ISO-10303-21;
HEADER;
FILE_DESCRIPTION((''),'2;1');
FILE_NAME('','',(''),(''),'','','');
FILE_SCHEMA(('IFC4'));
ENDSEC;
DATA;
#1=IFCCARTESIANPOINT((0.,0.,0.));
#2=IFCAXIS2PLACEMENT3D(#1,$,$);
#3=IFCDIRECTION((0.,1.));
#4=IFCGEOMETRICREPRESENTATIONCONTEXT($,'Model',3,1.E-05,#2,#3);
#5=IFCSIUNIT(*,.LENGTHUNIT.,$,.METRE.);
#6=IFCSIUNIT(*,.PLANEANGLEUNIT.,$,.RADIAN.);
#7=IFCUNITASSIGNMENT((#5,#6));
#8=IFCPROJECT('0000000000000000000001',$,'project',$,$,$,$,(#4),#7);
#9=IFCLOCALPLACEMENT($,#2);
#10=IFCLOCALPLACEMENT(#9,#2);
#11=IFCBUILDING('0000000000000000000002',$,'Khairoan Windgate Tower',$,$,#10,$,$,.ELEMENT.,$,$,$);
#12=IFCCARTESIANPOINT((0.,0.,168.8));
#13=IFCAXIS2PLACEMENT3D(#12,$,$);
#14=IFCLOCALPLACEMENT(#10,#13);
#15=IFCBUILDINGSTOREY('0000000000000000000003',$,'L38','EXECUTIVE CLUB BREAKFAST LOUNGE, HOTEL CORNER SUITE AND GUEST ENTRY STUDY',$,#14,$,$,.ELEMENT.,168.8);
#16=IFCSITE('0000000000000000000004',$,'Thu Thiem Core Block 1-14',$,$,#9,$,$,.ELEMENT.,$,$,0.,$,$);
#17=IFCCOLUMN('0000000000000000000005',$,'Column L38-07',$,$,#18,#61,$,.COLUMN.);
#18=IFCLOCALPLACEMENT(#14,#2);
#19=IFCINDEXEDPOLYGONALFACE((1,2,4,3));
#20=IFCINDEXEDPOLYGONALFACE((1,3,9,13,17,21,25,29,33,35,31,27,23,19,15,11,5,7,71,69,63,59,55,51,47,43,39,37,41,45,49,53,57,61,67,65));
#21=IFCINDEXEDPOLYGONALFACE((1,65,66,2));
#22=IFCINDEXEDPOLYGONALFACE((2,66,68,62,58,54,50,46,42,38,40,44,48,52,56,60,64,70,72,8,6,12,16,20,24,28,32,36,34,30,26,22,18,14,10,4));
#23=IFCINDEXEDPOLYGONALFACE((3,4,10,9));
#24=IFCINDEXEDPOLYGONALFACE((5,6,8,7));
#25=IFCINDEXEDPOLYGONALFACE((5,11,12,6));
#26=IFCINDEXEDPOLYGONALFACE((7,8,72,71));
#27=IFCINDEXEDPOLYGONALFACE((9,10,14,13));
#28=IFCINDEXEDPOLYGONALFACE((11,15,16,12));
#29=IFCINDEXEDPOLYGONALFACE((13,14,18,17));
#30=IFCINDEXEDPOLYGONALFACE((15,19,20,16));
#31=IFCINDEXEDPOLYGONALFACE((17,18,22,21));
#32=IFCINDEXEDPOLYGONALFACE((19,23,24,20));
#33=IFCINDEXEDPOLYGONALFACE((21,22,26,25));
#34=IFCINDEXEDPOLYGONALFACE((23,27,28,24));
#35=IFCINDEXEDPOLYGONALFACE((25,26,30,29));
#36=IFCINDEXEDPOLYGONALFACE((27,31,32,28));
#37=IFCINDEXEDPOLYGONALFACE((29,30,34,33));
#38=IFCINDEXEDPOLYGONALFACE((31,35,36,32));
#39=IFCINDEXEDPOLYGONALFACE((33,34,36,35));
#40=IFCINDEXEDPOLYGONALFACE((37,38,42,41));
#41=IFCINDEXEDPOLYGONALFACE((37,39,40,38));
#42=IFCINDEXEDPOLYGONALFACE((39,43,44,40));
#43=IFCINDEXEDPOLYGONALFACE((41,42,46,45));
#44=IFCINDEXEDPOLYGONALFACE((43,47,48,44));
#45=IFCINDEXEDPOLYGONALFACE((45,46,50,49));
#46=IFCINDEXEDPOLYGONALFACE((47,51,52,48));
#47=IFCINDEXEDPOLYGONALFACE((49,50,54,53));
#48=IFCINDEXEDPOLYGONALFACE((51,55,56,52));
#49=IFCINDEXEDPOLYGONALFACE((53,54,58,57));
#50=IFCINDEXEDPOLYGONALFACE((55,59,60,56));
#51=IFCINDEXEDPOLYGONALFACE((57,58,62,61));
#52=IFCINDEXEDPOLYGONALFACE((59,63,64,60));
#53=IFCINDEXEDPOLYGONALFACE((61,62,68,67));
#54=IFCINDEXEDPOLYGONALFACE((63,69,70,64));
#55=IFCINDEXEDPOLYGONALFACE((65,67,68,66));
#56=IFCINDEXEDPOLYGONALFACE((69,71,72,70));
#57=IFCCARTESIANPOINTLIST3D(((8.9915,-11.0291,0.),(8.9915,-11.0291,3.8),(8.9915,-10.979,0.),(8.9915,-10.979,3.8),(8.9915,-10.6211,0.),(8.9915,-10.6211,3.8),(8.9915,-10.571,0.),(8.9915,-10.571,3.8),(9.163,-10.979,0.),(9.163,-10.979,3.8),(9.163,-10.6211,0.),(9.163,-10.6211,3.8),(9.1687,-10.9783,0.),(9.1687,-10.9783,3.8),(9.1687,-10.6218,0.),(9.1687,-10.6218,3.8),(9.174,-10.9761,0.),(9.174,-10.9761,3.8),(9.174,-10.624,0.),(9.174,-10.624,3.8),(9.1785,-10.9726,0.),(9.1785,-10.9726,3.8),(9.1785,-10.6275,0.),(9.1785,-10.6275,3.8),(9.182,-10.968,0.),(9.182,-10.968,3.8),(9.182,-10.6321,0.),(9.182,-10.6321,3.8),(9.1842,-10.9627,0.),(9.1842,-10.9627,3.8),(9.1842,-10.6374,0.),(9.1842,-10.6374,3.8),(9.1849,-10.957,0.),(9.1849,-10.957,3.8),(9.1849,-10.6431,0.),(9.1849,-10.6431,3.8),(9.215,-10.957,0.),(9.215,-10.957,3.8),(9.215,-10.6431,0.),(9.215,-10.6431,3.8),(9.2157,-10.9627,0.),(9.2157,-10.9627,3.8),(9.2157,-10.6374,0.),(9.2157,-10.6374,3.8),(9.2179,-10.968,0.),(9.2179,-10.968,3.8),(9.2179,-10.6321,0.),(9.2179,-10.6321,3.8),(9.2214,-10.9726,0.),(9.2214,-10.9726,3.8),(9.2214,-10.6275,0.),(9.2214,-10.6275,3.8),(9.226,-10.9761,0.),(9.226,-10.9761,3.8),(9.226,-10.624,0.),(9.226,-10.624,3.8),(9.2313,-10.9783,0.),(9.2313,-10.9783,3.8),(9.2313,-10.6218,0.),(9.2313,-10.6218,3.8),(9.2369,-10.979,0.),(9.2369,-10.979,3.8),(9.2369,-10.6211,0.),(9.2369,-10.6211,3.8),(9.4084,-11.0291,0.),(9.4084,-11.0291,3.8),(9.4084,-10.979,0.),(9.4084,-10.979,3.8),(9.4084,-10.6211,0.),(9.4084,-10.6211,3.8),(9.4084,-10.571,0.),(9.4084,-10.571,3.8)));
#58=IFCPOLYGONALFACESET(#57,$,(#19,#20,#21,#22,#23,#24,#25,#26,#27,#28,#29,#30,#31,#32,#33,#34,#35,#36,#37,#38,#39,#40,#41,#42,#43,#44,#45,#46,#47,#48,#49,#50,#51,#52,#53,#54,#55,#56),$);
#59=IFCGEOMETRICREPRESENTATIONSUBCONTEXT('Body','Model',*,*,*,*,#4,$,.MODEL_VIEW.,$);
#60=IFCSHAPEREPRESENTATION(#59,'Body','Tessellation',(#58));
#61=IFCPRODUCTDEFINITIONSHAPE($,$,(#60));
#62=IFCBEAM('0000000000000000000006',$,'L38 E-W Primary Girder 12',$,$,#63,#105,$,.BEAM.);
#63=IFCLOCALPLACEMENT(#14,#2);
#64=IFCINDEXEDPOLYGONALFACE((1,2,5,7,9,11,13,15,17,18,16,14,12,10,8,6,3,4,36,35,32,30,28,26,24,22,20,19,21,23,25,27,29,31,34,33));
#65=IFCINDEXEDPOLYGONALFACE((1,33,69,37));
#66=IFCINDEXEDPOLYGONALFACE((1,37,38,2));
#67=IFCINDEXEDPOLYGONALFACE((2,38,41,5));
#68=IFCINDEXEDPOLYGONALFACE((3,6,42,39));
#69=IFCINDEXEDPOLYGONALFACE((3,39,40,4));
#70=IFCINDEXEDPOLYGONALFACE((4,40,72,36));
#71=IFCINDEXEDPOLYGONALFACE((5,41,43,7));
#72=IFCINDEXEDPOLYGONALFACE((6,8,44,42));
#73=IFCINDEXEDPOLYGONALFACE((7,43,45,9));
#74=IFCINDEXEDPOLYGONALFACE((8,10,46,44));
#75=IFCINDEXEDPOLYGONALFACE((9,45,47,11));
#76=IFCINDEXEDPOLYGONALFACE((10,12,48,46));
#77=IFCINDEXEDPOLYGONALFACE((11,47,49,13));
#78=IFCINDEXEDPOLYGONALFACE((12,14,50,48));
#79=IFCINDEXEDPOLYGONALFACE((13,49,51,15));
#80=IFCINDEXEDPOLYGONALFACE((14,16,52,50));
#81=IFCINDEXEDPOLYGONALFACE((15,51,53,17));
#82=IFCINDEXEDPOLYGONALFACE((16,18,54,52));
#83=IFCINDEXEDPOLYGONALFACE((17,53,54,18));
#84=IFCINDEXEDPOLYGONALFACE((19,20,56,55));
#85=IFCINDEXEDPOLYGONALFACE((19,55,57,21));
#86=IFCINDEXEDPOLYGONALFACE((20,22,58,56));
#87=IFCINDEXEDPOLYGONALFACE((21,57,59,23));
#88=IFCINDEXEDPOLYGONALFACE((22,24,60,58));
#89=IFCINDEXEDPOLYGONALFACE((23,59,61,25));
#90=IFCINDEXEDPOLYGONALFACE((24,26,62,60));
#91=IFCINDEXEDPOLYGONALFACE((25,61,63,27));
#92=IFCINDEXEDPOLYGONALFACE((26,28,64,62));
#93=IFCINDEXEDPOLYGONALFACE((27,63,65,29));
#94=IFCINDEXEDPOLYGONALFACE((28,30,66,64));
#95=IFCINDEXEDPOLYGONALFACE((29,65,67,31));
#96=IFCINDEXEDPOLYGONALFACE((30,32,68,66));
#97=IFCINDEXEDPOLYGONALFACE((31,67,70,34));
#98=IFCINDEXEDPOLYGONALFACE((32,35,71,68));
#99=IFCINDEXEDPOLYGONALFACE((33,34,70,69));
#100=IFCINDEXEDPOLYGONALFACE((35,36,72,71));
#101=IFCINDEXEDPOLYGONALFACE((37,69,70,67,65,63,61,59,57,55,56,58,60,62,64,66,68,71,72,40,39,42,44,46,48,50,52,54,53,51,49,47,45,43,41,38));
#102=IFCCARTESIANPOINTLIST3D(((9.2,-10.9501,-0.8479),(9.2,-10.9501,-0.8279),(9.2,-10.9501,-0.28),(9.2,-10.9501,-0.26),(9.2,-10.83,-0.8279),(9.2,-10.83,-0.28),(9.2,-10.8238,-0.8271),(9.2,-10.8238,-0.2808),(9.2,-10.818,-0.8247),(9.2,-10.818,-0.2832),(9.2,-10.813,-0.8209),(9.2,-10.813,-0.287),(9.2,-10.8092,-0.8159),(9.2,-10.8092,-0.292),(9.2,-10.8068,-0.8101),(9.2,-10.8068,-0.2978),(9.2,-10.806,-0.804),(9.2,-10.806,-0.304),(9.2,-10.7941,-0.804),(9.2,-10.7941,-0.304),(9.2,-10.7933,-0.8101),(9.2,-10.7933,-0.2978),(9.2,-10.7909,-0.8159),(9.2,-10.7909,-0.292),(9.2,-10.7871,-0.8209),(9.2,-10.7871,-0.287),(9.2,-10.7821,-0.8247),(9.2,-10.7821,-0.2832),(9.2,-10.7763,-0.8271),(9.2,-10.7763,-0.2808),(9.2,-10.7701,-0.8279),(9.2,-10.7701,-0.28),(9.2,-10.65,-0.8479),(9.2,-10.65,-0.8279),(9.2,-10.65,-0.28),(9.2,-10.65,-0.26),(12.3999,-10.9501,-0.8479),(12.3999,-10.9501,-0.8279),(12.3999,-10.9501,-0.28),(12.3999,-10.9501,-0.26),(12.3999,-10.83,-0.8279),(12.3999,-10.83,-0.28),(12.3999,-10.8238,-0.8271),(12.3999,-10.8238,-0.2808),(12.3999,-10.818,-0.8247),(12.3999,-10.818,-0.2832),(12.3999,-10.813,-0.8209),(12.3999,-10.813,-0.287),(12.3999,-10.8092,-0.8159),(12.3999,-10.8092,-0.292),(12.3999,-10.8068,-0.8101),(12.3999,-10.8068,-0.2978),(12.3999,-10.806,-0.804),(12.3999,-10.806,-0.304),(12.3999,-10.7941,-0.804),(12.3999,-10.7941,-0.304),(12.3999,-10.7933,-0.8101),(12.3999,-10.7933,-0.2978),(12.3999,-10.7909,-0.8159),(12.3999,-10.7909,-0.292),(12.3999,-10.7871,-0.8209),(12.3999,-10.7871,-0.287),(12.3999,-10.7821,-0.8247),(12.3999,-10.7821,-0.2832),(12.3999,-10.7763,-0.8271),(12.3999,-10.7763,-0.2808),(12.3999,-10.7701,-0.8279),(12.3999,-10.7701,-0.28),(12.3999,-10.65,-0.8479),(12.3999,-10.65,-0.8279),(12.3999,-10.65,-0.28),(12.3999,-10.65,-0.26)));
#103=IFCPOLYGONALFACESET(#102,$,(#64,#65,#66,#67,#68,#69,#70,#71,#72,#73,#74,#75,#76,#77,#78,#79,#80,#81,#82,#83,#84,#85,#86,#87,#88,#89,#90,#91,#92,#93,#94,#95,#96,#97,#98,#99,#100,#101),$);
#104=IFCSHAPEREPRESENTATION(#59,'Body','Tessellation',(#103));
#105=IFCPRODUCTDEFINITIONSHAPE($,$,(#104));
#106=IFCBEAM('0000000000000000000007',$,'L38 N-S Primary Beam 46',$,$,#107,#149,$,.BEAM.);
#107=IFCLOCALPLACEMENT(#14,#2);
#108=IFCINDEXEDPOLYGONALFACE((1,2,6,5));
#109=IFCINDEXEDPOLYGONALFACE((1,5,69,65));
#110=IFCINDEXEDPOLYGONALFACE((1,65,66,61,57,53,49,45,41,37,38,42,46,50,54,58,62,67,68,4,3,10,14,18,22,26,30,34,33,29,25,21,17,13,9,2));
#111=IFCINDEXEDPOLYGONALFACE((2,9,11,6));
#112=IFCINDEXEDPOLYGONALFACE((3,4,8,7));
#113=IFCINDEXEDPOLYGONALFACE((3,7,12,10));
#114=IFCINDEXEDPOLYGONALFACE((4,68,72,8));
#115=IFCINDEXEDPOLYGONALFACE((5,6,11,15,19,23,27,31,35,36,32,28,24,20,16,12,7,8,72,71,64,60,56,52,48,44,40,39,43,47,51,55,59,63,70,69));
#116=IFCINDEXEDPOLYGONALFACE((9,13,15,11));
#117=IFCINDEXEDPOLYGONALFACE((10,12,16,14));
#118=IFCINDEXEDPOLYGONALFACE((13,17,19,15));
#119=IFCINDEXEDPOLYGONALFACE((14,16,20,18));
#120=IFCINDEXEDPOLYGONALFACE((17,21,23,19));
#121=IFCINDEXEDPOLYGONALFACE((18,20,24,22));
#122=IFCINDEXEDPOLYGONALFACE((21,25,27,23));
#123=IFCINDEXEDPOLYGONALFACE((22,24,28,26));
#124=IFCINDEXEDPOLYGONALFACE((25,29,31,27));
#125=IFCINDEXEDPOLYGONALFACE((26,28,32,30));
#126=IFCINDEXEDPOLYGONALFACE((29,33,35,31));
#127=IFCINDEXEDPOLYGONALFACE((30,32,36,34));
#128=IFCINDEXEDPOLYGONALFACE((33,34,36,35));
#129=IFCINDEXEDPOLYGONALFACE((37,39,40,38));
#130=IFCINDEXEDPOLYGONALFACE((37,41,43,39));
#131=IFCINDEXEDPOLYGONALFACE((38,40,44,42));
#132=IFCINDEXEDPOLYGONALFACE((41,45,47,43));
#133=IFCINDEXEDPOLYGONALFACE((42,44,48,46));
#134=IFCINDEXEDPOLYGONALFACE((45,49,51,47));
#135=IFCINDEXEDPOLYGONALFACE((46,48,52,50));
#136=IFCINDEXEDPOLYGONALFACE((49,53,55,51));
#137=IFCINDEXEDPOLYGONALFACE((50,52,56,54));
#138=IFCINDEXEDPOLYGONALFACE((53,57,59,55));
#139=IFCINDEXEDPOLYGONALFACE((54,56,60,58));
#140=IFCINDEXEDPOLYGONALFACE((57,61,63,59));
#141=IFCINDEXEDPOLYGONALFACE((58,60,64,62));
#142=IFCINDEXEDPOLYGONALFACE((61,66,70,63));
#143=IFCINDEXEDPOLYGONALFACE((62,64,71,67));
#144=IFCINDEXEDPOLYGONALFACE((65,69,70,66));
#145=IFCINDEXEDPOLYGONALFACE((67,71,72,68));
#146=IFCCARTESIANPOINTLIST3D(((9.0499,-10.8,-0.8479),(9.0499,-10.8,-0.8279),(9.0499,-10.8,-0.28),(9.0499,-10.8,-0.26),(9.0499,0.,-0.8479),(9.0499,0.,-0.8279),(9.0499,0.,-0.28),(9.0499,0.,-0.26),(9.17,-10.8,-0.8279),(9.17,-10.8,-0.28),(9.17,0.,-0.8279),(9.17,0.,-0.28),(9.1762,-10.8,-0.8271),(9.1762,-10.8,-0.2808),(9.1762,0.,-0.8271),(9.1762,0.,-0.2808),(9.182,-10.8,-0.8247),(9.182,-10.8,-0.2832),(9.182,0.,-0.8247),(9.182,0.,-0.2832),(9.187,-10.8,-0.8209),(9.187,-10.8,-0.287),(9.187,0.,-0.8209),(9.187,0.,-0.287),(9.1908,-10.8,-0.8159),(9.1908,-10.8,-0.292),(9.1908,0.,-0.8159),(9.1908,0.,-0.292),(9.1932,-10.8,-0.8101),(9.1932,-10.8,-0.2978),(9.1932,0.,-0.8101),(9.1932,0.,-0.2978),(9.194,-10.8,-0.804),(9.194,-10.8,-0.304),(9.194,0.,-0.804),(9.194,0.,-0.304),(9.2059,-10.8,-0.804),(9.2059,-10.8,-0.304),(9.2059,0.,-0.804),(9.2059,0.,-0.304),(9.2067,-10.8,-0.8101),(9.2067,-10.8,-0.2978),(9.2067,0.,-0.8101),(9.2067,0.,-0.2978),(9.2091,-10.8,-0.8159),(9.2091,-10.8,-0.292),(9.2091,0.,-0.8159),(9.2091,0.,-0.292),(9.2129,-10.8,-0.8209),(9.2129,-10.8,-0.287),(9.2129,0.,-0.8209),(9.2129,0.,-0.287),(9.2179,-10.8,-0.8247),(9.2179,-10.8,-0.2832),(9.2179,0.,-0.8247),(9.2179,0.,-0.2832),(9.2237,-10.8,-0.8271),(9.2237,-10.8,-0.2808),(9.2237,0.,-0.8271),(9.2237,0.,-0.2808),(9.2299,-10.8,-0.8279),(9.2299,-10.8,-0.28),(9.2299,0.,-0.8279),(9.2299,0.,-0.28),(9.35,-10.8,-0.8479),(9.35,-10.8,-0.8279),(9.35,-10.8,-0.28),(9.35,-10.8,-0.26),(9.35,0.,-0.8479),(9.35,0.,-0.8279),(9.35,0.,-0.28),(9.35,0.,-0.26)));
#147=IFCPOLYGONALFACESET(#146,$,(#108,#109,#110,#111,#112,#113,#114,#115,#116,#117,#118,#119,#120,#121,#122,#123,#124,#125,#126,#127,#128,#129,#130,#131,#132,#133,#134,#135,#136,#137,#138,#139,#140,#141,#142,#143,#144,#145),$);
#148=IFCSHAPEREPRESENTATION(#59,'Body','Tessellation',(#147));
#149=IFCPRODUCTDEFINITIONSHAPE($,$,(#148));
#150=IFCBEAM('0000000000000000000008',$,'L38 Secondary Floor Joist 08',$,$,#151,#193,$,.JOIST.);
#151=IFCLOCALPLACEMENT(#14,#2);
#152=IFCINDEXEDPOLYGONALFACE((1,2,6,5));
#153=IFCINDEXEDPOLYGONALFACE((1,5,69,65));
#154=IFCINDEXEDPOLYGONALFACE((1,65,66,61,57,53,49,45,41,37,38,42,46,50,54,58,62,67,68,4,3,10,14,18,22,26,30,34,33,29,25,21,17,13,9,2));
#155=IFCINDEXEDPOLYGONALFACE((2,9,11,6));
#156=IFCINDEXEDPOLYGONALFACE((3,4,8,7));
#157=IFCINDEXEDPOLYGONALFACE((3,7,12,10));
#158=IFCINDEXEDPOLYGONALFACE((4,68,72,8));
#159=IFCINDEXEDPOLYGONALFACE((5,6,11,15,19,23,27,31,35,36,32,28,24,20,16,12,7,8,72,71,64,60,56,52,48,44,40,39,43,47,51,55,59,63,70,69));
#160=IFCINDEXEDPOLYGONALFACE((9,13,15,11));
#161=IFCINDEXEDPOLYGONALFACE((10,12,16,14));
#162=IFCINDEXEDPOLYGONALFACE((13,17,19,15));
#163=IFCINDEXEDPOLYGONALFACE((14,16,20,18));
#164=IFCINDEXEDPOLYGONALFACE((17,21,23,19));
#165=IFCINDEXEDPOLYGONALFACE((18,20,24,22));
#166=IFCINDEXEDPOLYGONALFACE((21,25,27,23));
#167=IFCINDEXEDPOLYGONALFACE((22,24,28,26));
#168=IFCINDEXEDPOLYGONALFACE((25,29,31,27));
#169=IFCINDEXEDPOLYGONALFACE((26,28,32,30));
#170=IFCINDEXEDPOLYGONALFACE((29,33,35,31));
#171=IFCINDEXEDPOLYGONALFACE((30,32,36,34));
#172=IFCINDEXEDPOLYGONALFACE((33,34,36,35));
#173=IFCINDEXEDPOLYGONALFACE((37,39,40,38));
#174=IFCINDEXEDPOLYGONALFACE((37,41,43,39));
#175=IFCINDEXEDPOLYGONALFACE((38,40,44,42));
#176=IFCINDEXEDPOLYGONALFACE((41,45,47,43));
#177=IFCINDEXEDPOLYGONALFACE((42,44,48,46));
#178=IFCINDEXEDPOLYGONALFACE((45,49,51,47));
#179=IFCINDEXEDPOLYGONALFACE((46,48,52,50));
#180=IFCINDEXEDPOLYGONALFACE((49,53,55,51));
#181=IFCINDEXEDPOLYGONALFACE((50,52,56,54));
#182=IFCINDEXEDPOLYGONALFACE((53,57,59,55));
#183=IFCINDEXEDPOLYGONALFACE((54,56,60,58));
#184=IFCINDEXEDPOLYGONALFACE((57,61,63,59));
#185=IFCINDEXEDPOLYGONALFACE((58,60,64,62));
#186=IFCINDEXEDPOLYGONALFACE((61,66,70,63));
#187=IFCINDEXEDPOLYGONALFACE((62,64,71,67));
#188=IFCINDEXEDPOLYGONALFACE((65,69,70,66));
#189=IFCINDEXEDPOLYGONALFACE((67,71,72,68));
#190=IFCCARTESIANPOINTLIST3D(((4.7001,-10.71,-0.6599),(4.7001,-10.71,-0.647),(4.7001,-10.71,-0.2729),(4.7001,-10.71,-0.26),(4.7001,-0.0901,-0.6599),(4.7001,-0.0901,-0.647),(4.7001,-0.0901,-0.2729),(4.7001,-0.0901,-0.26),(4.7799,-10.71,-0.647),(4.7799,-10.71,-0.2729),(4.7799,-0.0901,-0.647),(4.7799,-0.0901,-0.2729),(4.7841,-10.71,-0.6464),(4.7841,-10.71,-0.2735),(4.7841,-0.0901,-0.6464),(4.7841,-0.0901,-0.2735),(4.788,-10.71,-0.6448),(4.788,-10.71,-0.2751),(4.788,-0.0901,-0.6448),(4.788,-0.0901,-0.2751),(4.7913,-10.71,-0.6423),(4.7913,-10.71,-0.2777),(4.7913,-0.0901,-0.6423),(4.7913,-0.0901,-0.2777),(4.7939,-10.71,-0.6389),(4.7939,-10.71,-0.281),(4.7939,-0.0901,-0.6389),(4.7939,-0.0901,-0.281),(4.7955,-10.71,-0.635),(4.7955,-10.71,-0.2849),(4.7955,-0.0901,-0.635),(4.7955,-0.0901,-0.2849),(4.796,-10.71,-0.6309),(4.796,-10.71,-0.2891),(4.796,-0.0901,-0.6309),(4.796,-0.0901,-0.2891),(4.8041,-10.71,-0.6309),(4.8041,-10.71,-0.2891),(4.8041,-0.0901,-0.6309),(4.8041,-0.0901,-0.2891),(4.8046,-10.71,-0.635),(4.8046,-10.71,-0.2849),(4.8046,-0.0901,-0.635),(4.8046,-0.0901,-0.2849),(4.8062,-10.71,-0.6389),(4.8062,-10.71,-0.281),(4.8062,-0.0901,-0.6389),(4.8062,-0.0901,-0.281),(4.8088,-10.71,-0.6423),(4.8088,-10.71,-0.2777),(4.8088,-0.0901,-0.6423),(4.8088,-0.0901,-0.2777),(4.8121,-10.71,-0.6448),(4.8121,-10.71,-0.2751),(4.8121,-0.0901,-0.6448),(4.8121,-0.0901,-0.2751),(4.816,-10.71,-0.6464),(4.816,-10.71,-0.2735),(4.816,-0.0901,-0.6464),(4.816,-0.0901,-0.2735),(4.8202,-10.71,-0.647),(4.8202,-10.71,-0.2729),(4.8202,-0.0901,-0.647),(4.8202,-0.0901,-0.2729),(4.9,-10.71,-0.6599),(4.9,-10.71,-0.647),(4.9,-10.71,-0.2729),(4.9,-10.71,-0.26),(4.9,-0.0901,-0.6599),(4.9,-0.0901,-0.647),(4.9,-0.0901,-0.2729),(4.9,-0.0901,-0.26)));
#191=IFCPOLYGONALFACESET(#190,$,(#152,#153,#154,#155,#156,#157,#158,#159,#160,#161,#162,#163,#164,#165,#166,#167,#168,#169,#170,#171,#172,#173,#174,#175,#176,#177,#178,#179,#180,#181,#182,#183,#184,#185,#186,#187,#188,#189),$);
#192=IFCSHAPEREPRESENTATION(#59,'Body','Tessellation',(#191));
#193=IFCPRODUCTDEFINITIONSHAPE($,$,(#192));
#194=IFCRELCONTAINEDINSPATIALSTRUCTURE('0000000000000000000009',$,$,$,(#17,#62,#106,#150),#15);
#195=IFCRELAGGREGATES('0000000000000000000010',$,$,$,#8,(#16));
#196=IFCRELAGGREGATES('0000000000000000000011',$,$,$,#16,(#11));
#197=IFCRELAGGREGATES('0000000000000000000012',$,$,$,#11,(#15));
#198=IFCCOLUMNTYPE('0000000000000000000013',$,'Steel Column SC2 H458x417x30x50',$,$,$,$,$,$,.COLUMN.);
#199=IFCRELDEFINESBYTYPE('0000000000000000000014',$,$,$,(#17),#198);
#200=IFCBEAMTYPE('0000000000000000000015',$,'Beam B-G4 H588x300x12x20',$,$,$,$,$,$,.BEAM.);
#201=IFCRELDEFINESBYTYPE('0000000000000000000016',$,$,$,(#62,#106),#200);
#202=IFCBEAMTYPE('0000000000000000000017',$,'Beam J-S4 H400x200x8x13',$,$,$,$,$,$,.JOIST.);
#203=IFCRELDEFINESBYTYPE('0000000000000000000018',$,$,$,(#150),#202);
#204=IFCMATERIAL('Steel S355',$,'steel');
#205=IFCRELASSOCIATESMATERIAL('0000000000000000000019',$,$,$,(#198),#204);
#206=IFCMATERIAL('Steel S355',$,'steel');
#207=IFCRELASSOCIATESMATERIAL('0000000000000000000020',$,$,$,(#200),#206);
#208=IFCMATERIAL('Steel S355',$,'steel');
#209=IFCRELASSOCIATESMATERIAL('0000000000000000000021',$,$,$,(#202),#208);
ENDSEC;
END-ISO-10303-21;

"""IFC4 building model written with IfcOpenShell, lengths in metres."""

from ifc_helpers import new_model, si_unit, direction, frame, origin, origin_2d, place, context, subcontext, project, spatial, i_section, extrude, material, material_profile, profile_set, type_object, element, save


model = new_model("IFC4")

# Units and contexts
model_context = context("Model", 3, precision=1e-05, world=origin(), true_north=direction((0.0, 1.0)))
body_context = subcontext(model_context, "Body", "Model", "MODEL_VIEW")
ifc_project = project(units=[si_unit("LENGTHUNIT", "METRE"), si_unit("PLANEANGLEUNIT", "RADIAN")], contexts=[model_context])

# Site, building, storey
site_placement = place(None, origin())
site = spatial("IfcSite", under=ifc_project, at=site_placement, Name="Thu Thiem Core Block 1-14", CompositionType="ELEMENT", RefElevation=0.0)
building_placement = place(site_placement, origin())
building = spatial("IfcBuilding", under=site, at=building_placement, Name="Khairoan Windgate Tower", CompositionType="ELEMENT")
storey_placement = place(building_placement, frame((0.0, 0.0, 168.8)))
storey = spatial("IfcBuildingStorey", under=building, at=storey_placement, Name="L38", Description="EXECUTIVE CLUB BREAKFAST LOUNGE, HOTEL CORNER SUITE AND GUEST ENTRY STUDY", CompositionType="ELEMENT", Elevation=168.8)

# Column
ifc_material_1 = material(Name="Steel S355", Category="steel")
ifc_material_profile_1 = material_profile(ifc_material_1, i_section(OverallWidth=0.417, OverallDepth=0.458, WebThickness=0.03, FlangeThickness=0.05, FilletRadius=0.022, at=origin_2d()))
ifc_profile_set_1 = profile_set([ifc_material_profile_1], Name="Steel S355")
column_type = type_object("IfcColumnType", Name="Steel Column SC2 H458x417x30x50", PredefinedType="COLUMN", material=ifc_profile_set_1)
column_placement = place(storey_placement, frame((9.2, -10.8, 0.0), z_axis=(0.0, 0.0, 1.0), x_axis=(1.0, 0.0, 0.0)))
element("IfcColumn", 1, at=column_placement, inside=storey, type_object=column_type, Name="Column L38-07", PredefinedType="COLUMN", context=body_context, shape_type="SweptSolid", body=[
    extrude(i_section(OverallWidth=0.417, OverallDepth=0.458, WebThickness=0.03, FlangeThickness=0.05, FilletRadius=0.022, at=origin_2d()), origin(), (0.0, 0.0, 1.0), 3.8),
])

# Beams
ifc_material_2 = material(Name="Steel S355", Category="steel")
ifc_material_profile_2 = material_profile(ifc_material_2, i_section(OverallWidth=0.3, OverallDepth=0.5879, WebThickness=0.012, FlangeThickness=0.02, FilletRadius=0.0239, at=origin_2d()))
ifc_profile_set_2 = profile_set([ifc_material_profile_2], Name="Steel S355")
beam_type_1 = type_object("IfcBeamType", Name="Beam B-G4 H588x300x12x20", PredefinedType="BEAM", material=ifc_profile_set_2)
beam_1_placement = place(storey_placement, frame((9.2, -10.8, -0.554), z_axis=(1.0, 0.0, 0.0), x_axis=(0.0, 1.0, 0.0)))
element("IfcBeam", 2, at=beam_1_placement, inside=storey, type_object=beam_type_1, Name="L38 E-W Primary Girder 12", PredefinedType="BEAM", context=body_context, shape_type="SweptSolid", body=[
    extrude(i_section(OverallWidth=0.3, OverallDepth=0.5879, WebThickness=0.012, FlangeThickness=0.02, FilletRadius=0.0239, at=origin_2d()), origin(), (0.0, 0.0, 1.0), 3.2),
])
beam_2_placement = place(storey_placement, frame((9.2, -10.8, -0.554), z_axis=(0.0, 1.0, 0.0), x_axis=(-1.0, 0.0, 0.0)))
element("IfcBeam", 3, at=beam_2_placement, inside=storey, type_object=beam_type_1, Name="L38 N-S Primary Beam 46", PredefinedType="BEAM", context=body_context, shape_type="SweptSolid", body=[
    extrude(i_section(OverallWidth=0.3, OverallDepth=0.5879, WebThickness=0.012, FlangeThickness=0.02, FilletRadius=0.0239, at=origin_2d()), origin(), (0.0, 0.0, 1.0), 10.8),
])
ifc_material_3 = material(Name="Steel S355", Category="steel")
ifc_material_profile_3 = material_profile(ifc_material_3, i_section(OverallWidth=0.2, OverallDepth=0.3999, WebThickness=0.0081, FlangeThickness=0.0129, FilletRadius=0.0161, at=origin_2d()))
ifc_profile_set_3 = profile_set([ifc_material_profile_3], Name="Steel S355")
beam_type_2 = type_object("IfcBeamType", Name="Beam J-S4 H400x200x8x13", PredefinedType="JOIST", material=ifc_profile_set_3)
beam_3_placement = place(storey_placement, frame((4.8, -10.71, -0.46), z_axis=(0.0, 1.0, 0.0), x_axis=(-1.0, 0.0, 0.0)))
element("IfcBeam", 4, at=beam_3_placement, inside=storey, type_object=beam_type_2, Name="L38 Secondary Floor Joist 08", PredefinedType="JOIST", context=body_context, shape_type="SweptSolid", body=[
    extrude(i_section(OverallWidth=0.2, OverallDepth=0.3999, WebThickness=0.0081, FlangeThickness=0.0129, FilletRadius=0.0161, at=origin_2d()), origin(), (0.0, 0.0, 1.0), 10.6199),
])

save(model, "model.ifc")
